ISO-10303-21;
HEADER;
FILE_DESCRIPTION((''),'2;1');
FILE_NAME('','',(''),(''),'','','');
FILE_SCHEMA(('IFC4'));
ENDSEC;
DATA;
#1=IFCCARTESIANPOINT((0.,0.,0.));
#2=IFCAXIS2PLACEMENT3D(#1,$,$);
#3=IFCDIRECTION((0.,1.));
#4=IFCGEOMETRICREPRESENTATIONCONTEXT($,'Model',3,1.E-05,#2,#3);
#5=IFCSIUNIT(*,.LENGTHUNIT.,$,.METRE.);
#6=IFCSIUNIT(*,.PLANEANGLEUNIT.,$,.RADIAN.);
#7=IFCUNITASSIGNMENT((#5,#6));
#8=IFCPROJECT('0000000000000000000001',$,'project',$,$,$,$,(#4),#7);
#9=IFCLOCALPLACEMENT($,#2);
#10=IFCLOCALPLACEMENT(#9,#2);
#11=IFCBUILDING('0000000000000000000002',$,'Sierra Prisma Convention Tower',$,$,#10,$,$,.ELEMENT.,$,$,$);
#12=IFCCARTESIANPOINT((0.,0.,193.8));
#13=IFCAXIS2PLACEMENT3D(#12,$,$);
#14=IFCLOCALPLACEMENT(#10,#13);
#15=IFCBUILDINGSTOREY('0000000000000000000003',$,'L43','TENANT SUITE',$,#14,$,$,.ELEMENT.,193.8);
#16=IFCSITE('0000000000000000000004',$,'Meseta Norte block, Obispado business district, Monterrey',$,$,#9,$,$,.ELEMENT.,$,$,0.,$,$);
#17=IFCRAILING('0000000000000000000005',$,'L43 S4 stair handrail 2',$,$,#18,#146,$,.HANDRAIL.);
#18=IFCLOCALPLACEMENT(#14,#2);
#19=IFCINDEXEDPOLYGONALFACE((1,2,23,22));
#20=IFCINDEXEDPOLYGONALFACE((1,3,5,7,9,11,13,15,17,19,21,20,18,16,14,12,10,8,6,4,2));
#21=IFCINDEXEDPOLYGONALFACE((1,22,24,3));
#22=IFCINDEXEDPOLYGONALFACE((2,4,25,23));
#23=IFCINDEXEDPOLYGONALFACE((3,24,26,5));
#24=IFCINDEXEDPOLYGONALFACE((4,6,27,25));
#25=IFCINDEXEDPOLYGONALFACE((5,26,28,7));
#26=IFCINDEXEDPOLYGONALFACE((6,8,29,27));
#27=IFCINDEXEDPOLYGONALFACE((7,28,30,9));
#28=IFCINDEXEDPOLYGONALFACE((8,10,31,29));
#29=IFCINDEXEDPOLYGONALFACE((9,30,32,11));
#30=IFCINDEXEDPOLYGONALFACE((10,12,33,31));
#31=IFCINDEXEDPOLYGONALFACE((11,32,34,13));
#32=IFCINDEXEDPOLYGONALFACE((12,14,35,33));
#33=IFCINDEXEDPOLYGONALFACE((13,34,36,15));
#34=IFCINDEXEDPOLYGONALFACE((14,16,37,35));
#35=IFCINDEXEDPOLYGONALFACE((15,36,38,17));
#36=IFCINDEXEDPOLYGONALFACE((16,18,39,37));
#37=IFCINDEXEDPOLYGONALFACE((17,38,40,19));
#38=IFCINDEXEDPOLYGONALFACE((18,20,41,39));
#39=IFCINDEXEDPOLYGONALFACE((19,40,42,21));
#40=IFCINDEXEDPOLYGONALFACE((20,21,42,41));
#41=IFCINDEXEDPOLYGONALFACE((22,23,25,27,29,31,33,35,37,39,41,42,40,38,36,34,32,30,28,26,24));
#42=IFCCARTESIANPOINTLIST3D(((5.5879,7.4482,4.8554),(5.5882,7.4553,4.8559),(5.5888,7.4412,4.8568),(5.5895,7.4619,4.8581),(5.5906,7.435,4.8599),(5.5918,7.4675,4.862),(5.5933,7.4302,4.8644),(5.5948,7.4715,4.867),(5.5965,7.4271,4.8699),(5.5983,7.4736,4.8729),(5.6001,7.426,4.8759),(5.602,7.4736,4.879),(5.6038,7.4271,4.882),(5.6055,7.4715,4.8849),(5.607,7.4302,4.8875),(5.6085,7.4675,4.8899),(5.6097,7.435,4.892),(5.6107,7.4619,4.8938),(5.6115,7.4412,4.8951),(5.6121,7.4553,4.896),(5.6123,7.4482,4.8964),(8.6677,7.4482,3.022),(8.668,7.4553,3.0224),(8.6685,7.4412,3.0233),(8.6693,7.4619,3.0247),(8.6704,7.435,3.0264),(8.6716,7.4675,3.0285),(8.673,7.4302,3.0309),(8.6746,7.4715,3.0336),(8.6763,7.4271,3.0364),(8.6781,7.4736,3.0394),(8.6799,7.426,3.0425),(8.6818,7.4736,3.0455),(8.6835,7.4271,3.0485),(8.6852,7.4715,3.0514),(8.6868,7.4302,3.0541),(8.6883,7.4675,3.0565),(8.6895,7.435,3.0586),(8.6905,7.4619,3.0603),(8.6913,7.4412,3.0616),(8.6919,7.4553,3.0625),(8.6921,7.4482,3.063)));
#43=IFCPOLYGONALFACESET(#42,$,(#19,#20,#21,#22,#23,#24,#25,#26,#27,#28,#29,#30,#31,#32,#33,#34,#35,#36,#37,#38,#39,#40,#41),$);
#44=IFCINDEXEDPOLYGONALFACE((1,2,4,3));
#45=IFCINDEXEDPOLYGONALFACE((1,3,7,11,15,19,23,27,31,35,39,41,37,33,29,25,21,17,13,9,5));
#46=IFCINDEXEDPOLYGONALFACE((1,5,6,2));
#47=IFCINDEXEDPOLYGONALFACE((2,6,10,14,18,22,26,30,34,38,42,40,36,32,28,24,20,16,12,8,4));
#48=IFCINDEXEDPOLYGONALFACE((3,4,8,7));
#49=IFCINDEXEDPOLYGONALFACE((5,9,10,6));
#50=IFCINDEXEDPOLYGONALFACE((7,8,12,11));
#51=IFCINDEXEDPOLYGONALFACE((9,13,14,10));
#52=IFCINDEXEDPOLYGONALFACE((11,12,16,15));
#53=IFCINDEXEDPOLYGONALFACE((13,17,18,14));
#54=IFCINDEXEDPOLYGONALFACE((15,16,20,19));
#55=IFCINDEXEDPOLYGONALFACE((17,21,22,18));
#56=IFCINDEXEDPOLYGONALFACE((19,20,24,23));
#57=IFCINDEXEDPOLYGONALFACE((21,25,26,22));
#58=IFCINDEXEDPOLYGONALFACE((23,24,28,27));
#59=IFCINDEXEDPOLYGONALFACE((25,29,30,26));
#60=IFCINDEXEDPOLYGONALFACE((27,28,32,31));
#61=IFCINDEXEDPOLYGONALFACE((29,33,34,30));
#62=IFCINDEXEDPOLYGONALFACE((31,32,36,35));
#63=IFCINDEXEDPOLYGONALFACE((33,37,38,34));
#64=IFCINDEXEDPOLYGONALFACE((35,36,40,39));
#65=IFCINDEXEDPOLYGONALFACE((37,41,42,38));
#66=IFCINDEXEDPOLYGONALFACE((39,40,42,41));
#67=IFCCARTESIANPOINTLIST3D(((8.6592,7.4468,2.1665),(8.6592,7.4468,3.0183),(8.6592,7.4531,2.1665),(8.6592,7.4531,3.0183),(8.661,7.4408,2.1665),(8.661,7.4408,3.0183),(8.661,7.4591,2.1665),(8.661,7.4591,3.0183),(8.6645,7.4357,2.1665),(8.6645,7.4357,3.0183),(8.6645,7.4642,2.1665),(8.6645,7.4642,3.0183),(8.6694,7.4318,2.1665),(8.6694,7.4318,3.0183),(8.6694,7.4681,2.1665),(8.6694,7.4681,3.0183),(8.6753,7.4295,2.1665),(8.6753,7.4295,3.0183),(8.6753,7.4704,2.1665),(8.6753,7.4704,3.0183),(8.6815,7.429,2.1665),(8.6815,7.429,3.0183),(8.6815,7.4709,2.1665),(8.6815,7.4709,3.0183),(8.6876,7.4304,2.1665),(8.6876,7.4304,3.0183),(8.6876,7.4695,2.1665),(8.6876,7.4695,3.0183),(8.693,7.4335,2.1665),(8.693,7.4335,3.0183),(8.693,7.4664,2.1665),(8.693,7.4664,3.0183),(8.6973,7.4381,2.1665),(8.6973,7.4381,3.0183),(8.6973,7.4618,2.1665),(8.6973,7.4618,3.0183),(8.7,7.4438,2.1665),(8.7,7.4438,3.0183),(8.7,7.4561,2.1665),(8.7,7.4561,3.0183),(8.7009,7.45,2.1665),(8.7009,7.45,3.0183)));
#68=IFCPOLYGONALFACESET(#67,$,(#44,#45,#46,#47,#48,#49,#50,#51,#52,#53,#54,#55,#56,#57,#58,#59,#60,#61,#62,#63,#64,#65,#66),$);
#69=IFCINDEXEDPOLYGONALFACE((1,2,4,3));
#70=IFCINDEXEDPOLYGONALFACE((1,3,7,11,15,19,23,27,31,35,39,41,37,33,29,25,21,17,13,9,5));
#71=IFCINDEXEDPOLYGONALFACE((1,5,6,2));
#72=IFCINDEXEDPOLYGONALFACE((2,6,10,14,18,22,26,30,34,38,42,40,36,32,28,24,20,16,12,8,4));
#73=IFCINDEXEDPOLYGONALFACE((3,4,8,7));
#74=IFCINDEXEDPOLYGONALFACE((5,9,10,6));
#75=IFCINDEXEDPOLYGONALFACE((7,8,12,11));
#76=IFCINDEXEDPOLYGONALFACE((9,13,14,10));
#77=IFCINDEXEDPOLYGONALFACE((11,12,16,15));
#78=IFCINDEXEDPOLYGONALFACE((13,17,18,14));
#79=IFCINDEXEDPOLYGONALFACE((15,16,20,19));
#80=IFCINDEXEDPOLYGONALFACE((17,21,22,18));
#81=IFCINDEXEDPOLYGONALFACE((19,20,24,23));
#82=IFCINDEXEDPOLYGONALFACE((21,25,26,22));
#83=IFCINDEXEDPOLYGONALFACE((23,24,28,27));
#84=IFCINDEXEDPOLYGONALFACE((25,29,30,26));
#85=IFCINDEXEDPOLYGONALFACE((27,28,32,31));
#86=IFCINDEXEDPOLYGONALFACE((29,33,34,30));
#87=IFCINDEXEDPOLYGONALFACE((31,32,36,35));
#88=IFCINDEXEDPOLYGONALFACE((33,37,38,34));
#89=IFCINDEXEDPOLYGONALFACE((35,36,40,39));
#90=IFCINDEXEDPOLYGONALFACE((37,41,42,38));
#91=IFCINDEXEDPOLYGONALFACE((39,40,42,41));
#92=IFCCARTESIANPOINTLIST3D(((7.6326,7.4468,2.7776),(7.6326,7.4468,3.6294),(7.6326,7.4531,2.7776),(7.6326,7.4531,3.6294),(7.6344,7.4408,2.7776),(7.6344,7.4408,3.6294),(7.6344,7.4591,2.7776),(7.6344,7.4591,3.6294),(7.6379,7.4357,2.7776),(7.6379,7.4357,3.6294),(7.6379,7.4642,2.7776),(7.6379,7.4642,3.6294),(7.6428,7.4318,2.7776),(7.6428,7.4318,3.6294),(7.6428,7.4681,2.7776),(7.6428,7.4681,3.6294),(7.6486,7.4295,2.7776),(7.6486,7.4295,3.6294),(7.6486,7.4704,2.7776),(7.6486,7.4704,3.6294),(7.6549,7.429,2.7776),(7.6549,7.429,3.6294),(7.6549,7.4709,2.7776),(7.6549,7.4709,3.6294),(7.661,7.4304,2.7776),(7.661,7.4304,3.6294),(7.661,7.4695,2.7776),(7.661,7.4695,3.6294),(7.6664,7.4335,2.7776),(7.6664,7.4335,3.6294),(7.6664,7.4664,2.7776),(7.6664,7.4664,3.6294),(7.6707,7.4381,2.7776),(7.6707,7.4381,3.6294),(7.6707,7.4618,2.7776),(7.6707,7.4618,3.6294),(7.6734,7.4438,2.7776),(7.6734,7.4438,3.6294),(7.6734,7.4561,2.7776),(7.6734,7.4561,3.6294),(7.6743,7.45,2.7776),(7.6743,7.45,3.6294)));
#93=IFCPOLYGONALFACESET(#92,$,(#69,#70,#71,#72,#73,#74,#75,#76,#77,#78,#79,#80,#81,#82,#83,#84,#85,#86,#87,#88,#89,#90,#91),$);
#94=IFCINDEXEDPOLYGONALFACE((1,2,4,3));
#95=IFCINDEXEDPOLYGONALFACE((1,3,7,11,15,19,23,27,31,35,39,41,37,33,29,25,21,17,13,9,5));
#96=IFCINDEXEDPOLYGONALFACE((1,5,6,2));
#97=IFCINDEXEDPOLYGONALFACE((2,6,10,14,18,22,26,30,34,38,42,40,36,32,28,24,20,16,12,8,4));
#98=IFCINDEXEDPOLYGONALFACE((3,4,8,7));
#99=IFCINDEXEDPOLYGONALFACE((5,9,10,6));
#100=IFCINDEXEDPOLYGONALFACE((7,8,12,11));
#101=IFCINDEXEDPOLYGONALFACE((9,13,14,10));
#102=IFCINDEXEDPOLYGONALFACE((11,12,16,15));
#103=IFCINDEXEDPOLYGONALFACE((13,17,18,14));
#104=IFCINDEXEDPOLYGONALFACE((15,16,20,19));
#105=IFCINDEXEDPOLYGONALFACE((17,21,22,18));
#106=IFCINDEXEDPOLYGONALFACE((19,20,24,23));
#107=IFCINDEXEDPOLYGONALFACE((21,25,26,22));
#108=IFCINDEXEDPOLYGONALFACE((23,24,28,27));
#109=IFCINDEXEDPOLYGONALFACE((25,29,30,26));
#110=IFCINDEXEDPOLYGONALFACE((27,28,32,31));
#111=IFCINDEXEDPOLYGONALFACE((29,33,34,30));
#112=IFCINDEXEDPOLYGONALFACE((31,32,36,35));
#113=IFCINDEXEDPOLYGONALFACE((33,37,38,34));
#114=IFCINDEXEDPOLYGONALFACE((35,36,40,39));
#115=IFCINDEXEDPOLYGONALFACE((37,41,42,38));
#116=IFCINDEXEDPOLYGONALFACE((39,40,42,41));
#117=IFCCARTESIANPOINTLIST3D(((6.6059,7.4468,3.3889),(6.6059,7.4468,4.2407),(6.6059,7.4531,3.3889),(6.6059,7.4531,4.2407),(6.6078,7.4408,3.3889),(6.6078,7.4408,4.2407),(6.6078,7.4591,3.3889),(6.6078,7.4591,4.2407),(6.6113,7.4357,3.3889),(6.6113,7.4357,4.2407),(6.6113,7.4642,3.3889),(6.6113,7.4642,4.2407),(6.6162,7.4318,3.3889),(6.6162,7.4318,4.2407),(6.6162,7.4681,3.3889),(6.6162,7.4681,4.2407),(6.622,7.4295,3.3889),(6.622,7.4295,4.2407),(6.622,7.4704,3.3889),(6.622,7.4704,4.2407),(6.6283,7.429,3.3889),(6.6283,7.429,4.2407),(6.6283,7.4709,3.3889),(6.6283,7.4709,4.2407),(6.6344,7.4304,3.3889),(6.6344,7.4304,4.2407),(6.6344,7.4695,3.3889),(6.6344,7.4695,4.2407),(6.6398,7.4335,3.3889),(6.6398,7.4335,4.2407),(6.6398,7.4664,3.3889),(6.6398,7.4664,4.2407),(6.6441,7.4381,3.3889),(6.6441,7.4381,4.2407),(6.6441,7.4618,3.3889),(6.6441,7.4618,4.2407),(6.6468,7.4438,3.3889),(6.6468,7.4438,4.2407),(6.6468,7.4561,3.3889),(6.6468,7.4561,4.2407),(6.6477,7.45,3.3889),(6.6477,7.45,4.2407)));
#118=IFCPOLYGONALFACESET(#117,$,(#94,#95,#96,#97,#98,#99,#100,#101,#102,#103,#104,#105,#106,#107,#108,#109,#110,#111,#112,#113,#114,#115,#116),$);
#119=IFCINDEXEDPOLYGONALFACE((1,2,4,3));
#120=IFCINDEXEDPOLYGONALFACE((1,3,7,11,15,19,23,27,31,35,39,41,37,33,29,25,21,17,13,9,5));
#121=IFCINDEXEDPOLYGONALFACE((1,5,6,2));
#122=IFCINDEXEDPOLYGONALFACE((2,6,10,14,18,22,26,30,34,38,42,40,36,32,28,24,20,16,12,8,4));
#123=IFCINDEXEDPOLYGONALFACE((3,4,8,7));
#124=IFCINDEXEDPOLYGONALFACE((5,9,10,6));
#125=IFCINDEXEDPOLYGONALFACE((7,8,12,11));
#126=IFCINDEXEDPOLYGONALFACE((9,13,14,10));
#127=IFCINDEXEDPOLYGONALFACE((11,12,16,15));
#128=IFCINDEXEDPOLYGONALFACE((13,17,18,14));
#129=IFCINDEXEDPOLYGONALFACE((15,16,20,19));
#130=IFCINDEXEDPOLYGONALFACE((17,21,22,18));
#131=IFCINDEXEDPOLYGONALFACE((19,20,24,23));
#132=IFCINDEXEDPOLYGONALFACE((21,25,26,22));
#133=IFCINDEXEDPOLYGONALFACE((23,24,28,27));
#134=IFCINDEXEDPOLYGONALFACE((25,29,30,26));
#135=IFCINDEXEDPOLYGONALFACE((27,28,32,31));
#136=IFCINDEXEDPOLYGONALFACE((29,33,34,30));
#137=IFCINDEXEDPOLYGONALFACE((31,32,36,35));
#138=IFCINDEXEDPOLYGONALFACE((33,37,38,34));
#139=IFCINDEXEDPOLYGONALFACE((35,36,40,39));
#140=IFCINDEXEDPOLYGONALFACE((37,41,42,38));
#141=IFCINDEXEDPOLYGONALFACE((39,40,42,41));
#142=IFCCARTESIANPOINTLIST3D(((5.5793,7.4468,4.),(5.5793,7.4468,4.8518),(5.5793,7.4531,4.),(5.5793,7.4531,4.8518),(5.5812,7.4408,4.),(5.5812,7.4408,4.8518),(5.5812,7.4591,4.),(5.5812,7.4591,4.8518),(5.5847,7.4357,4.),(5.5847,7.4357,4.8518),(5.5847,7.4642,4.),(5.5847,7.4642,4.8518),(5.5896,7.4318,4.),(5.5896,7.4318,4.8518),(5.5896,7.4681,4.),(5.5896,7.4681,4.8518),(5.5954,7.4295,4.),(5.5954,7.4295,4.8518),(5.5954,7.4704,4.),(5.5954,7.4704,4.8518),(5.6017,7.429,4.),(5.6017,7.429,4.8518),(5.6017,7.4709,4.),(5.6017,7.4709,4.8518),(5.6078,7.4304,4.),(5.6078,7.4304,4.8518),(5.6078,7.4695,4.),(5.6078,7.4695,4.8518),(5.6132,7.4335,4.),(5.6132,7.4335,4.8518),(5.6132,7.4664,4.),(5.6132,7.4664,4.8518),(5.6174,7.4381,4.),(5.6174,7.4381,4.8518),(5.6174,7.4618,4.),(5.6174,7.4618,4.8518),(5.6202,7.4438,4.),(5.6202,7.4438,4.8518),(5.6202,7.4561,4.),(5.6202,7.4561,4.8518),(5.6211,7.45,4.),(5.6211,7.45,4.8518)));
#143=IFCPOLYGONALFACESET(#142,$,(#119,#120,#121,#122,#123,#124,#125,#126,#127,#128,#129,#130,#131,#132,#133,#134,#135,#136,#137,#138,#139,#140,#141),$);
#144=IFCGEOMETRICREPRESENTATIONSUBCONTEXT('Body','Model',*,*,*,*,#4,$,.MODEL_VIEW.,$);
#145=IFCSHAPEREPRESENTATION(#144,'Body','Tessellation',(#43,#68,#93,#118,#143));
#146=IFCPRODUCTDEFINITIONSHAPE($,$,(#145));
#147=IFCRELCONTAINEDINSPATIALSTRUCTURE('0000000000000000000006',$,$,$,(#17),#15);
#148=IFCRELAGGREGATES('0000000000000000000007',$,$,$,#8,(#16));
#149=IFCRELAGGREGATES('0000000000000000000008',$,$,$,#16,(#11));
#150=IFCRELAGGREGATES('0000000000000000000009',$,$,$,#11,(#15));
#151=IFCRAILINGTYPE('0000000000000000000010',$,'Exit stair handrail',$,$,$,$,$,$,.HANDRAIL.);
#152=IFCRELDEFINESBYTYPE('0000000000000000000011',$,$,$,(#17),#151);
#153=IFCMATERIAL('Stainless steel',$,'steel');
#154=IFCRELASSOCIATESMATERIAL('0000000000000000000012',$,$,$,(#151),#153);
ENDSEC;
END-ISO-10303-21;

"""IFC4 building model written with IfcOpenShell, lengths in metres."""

from ifc_helpers import new_model, si_unit, direction, frame, origin, origin_2d, place, context, subcontext, project, spatial, circle, extrude, material, type_object, element, save


model = new_model("IFC4")

# Units and contexts
model_context = context("Model", 3, precision=1e-05, world=origin(), true_north=direction((0.0, 1.0)))
body_context = subcontext(model_context, "Body", "Model", "MODEL_VIEW")
ifc_project = project(units=[si_unit("LENGTHUNIT", "METRE"), si_unit("PLANEANGLEUNIT", "RADIAN")], contexts=[model_context])

# Site, building, storey
site_placement = place(None, origin())
site = spatial("IfcSite", under=ifc_project, at=site_placement, Name="Meseta Norte block, Obispado business district, Monterrey", CompositionType="ELEMENT", RefElevation=0.0)
building_placement = place(site_placement, origin())
building = spatial("IfcBuilding", under=site, at=building_placement, Name="Sierra Prisma Convention Tower", CompositionType="ELEMENT")
storey_placement = place(building_placement, frame((0.0, 0.0, 193.8)))
storey = spatial("IfcBuildingStorey", under=building, at=storey_placement, Name="L43", Description="TENANT SUITE", CompositionType="ELEMENT", Elevation=193.8)

# Railing
ifc_material_1 = material(Name="Stainless steel", Category="steel")
railing_type = type_object("IfcRailingType", Name="Exit stair handrail", PredefinedType="HANDRAIL", material=ifc_material_1)
railing_placement = place(storey_placement, frame((8.6799, 7.45, 2.1665)))
element("IfcRailing", 1, at=railing_placement, inside=storey, type_object=railing_type, Name="L43 S4 stair handrail 2", PredefinedType="HANDRAIL", context=body_context, shape_type="SweptSolid", body=[
    extrude(circle(Radius=0.0239, at=origin_2d()), frame((0.0, 0.0, 0.876), z_axis=(-0.859261, 0.0, 0.511538), x_axis=(0.0, -1.0, 0.0)), (0.0, 0.0, 1.0), 3.5842),
    extrude(circle(Radius=0.021, at=origin_2d()), origin(), (0.0, 0.0, 1.0), 0.8518),
    extrude(circle(Radius=0.021, at=origin_2d()), frame((-1.0266, 0.0, 0.6111)), (0.0, 0.0, 1.0), 0.8518),
    extrude(circle(Radius=0.021, at=origin_2d()), frame((-2.0532, 0.0, 1.2224)), (0.0, 0.0, 1.0), 0.8518),
    extrude(circle(Radius=0.021, at=origin_2d()), frame((-3.0798, 0.0, 1.8335)), (0.0, 0.0, 1.0), 0.8518),
])

save(model, "model.ifc")
